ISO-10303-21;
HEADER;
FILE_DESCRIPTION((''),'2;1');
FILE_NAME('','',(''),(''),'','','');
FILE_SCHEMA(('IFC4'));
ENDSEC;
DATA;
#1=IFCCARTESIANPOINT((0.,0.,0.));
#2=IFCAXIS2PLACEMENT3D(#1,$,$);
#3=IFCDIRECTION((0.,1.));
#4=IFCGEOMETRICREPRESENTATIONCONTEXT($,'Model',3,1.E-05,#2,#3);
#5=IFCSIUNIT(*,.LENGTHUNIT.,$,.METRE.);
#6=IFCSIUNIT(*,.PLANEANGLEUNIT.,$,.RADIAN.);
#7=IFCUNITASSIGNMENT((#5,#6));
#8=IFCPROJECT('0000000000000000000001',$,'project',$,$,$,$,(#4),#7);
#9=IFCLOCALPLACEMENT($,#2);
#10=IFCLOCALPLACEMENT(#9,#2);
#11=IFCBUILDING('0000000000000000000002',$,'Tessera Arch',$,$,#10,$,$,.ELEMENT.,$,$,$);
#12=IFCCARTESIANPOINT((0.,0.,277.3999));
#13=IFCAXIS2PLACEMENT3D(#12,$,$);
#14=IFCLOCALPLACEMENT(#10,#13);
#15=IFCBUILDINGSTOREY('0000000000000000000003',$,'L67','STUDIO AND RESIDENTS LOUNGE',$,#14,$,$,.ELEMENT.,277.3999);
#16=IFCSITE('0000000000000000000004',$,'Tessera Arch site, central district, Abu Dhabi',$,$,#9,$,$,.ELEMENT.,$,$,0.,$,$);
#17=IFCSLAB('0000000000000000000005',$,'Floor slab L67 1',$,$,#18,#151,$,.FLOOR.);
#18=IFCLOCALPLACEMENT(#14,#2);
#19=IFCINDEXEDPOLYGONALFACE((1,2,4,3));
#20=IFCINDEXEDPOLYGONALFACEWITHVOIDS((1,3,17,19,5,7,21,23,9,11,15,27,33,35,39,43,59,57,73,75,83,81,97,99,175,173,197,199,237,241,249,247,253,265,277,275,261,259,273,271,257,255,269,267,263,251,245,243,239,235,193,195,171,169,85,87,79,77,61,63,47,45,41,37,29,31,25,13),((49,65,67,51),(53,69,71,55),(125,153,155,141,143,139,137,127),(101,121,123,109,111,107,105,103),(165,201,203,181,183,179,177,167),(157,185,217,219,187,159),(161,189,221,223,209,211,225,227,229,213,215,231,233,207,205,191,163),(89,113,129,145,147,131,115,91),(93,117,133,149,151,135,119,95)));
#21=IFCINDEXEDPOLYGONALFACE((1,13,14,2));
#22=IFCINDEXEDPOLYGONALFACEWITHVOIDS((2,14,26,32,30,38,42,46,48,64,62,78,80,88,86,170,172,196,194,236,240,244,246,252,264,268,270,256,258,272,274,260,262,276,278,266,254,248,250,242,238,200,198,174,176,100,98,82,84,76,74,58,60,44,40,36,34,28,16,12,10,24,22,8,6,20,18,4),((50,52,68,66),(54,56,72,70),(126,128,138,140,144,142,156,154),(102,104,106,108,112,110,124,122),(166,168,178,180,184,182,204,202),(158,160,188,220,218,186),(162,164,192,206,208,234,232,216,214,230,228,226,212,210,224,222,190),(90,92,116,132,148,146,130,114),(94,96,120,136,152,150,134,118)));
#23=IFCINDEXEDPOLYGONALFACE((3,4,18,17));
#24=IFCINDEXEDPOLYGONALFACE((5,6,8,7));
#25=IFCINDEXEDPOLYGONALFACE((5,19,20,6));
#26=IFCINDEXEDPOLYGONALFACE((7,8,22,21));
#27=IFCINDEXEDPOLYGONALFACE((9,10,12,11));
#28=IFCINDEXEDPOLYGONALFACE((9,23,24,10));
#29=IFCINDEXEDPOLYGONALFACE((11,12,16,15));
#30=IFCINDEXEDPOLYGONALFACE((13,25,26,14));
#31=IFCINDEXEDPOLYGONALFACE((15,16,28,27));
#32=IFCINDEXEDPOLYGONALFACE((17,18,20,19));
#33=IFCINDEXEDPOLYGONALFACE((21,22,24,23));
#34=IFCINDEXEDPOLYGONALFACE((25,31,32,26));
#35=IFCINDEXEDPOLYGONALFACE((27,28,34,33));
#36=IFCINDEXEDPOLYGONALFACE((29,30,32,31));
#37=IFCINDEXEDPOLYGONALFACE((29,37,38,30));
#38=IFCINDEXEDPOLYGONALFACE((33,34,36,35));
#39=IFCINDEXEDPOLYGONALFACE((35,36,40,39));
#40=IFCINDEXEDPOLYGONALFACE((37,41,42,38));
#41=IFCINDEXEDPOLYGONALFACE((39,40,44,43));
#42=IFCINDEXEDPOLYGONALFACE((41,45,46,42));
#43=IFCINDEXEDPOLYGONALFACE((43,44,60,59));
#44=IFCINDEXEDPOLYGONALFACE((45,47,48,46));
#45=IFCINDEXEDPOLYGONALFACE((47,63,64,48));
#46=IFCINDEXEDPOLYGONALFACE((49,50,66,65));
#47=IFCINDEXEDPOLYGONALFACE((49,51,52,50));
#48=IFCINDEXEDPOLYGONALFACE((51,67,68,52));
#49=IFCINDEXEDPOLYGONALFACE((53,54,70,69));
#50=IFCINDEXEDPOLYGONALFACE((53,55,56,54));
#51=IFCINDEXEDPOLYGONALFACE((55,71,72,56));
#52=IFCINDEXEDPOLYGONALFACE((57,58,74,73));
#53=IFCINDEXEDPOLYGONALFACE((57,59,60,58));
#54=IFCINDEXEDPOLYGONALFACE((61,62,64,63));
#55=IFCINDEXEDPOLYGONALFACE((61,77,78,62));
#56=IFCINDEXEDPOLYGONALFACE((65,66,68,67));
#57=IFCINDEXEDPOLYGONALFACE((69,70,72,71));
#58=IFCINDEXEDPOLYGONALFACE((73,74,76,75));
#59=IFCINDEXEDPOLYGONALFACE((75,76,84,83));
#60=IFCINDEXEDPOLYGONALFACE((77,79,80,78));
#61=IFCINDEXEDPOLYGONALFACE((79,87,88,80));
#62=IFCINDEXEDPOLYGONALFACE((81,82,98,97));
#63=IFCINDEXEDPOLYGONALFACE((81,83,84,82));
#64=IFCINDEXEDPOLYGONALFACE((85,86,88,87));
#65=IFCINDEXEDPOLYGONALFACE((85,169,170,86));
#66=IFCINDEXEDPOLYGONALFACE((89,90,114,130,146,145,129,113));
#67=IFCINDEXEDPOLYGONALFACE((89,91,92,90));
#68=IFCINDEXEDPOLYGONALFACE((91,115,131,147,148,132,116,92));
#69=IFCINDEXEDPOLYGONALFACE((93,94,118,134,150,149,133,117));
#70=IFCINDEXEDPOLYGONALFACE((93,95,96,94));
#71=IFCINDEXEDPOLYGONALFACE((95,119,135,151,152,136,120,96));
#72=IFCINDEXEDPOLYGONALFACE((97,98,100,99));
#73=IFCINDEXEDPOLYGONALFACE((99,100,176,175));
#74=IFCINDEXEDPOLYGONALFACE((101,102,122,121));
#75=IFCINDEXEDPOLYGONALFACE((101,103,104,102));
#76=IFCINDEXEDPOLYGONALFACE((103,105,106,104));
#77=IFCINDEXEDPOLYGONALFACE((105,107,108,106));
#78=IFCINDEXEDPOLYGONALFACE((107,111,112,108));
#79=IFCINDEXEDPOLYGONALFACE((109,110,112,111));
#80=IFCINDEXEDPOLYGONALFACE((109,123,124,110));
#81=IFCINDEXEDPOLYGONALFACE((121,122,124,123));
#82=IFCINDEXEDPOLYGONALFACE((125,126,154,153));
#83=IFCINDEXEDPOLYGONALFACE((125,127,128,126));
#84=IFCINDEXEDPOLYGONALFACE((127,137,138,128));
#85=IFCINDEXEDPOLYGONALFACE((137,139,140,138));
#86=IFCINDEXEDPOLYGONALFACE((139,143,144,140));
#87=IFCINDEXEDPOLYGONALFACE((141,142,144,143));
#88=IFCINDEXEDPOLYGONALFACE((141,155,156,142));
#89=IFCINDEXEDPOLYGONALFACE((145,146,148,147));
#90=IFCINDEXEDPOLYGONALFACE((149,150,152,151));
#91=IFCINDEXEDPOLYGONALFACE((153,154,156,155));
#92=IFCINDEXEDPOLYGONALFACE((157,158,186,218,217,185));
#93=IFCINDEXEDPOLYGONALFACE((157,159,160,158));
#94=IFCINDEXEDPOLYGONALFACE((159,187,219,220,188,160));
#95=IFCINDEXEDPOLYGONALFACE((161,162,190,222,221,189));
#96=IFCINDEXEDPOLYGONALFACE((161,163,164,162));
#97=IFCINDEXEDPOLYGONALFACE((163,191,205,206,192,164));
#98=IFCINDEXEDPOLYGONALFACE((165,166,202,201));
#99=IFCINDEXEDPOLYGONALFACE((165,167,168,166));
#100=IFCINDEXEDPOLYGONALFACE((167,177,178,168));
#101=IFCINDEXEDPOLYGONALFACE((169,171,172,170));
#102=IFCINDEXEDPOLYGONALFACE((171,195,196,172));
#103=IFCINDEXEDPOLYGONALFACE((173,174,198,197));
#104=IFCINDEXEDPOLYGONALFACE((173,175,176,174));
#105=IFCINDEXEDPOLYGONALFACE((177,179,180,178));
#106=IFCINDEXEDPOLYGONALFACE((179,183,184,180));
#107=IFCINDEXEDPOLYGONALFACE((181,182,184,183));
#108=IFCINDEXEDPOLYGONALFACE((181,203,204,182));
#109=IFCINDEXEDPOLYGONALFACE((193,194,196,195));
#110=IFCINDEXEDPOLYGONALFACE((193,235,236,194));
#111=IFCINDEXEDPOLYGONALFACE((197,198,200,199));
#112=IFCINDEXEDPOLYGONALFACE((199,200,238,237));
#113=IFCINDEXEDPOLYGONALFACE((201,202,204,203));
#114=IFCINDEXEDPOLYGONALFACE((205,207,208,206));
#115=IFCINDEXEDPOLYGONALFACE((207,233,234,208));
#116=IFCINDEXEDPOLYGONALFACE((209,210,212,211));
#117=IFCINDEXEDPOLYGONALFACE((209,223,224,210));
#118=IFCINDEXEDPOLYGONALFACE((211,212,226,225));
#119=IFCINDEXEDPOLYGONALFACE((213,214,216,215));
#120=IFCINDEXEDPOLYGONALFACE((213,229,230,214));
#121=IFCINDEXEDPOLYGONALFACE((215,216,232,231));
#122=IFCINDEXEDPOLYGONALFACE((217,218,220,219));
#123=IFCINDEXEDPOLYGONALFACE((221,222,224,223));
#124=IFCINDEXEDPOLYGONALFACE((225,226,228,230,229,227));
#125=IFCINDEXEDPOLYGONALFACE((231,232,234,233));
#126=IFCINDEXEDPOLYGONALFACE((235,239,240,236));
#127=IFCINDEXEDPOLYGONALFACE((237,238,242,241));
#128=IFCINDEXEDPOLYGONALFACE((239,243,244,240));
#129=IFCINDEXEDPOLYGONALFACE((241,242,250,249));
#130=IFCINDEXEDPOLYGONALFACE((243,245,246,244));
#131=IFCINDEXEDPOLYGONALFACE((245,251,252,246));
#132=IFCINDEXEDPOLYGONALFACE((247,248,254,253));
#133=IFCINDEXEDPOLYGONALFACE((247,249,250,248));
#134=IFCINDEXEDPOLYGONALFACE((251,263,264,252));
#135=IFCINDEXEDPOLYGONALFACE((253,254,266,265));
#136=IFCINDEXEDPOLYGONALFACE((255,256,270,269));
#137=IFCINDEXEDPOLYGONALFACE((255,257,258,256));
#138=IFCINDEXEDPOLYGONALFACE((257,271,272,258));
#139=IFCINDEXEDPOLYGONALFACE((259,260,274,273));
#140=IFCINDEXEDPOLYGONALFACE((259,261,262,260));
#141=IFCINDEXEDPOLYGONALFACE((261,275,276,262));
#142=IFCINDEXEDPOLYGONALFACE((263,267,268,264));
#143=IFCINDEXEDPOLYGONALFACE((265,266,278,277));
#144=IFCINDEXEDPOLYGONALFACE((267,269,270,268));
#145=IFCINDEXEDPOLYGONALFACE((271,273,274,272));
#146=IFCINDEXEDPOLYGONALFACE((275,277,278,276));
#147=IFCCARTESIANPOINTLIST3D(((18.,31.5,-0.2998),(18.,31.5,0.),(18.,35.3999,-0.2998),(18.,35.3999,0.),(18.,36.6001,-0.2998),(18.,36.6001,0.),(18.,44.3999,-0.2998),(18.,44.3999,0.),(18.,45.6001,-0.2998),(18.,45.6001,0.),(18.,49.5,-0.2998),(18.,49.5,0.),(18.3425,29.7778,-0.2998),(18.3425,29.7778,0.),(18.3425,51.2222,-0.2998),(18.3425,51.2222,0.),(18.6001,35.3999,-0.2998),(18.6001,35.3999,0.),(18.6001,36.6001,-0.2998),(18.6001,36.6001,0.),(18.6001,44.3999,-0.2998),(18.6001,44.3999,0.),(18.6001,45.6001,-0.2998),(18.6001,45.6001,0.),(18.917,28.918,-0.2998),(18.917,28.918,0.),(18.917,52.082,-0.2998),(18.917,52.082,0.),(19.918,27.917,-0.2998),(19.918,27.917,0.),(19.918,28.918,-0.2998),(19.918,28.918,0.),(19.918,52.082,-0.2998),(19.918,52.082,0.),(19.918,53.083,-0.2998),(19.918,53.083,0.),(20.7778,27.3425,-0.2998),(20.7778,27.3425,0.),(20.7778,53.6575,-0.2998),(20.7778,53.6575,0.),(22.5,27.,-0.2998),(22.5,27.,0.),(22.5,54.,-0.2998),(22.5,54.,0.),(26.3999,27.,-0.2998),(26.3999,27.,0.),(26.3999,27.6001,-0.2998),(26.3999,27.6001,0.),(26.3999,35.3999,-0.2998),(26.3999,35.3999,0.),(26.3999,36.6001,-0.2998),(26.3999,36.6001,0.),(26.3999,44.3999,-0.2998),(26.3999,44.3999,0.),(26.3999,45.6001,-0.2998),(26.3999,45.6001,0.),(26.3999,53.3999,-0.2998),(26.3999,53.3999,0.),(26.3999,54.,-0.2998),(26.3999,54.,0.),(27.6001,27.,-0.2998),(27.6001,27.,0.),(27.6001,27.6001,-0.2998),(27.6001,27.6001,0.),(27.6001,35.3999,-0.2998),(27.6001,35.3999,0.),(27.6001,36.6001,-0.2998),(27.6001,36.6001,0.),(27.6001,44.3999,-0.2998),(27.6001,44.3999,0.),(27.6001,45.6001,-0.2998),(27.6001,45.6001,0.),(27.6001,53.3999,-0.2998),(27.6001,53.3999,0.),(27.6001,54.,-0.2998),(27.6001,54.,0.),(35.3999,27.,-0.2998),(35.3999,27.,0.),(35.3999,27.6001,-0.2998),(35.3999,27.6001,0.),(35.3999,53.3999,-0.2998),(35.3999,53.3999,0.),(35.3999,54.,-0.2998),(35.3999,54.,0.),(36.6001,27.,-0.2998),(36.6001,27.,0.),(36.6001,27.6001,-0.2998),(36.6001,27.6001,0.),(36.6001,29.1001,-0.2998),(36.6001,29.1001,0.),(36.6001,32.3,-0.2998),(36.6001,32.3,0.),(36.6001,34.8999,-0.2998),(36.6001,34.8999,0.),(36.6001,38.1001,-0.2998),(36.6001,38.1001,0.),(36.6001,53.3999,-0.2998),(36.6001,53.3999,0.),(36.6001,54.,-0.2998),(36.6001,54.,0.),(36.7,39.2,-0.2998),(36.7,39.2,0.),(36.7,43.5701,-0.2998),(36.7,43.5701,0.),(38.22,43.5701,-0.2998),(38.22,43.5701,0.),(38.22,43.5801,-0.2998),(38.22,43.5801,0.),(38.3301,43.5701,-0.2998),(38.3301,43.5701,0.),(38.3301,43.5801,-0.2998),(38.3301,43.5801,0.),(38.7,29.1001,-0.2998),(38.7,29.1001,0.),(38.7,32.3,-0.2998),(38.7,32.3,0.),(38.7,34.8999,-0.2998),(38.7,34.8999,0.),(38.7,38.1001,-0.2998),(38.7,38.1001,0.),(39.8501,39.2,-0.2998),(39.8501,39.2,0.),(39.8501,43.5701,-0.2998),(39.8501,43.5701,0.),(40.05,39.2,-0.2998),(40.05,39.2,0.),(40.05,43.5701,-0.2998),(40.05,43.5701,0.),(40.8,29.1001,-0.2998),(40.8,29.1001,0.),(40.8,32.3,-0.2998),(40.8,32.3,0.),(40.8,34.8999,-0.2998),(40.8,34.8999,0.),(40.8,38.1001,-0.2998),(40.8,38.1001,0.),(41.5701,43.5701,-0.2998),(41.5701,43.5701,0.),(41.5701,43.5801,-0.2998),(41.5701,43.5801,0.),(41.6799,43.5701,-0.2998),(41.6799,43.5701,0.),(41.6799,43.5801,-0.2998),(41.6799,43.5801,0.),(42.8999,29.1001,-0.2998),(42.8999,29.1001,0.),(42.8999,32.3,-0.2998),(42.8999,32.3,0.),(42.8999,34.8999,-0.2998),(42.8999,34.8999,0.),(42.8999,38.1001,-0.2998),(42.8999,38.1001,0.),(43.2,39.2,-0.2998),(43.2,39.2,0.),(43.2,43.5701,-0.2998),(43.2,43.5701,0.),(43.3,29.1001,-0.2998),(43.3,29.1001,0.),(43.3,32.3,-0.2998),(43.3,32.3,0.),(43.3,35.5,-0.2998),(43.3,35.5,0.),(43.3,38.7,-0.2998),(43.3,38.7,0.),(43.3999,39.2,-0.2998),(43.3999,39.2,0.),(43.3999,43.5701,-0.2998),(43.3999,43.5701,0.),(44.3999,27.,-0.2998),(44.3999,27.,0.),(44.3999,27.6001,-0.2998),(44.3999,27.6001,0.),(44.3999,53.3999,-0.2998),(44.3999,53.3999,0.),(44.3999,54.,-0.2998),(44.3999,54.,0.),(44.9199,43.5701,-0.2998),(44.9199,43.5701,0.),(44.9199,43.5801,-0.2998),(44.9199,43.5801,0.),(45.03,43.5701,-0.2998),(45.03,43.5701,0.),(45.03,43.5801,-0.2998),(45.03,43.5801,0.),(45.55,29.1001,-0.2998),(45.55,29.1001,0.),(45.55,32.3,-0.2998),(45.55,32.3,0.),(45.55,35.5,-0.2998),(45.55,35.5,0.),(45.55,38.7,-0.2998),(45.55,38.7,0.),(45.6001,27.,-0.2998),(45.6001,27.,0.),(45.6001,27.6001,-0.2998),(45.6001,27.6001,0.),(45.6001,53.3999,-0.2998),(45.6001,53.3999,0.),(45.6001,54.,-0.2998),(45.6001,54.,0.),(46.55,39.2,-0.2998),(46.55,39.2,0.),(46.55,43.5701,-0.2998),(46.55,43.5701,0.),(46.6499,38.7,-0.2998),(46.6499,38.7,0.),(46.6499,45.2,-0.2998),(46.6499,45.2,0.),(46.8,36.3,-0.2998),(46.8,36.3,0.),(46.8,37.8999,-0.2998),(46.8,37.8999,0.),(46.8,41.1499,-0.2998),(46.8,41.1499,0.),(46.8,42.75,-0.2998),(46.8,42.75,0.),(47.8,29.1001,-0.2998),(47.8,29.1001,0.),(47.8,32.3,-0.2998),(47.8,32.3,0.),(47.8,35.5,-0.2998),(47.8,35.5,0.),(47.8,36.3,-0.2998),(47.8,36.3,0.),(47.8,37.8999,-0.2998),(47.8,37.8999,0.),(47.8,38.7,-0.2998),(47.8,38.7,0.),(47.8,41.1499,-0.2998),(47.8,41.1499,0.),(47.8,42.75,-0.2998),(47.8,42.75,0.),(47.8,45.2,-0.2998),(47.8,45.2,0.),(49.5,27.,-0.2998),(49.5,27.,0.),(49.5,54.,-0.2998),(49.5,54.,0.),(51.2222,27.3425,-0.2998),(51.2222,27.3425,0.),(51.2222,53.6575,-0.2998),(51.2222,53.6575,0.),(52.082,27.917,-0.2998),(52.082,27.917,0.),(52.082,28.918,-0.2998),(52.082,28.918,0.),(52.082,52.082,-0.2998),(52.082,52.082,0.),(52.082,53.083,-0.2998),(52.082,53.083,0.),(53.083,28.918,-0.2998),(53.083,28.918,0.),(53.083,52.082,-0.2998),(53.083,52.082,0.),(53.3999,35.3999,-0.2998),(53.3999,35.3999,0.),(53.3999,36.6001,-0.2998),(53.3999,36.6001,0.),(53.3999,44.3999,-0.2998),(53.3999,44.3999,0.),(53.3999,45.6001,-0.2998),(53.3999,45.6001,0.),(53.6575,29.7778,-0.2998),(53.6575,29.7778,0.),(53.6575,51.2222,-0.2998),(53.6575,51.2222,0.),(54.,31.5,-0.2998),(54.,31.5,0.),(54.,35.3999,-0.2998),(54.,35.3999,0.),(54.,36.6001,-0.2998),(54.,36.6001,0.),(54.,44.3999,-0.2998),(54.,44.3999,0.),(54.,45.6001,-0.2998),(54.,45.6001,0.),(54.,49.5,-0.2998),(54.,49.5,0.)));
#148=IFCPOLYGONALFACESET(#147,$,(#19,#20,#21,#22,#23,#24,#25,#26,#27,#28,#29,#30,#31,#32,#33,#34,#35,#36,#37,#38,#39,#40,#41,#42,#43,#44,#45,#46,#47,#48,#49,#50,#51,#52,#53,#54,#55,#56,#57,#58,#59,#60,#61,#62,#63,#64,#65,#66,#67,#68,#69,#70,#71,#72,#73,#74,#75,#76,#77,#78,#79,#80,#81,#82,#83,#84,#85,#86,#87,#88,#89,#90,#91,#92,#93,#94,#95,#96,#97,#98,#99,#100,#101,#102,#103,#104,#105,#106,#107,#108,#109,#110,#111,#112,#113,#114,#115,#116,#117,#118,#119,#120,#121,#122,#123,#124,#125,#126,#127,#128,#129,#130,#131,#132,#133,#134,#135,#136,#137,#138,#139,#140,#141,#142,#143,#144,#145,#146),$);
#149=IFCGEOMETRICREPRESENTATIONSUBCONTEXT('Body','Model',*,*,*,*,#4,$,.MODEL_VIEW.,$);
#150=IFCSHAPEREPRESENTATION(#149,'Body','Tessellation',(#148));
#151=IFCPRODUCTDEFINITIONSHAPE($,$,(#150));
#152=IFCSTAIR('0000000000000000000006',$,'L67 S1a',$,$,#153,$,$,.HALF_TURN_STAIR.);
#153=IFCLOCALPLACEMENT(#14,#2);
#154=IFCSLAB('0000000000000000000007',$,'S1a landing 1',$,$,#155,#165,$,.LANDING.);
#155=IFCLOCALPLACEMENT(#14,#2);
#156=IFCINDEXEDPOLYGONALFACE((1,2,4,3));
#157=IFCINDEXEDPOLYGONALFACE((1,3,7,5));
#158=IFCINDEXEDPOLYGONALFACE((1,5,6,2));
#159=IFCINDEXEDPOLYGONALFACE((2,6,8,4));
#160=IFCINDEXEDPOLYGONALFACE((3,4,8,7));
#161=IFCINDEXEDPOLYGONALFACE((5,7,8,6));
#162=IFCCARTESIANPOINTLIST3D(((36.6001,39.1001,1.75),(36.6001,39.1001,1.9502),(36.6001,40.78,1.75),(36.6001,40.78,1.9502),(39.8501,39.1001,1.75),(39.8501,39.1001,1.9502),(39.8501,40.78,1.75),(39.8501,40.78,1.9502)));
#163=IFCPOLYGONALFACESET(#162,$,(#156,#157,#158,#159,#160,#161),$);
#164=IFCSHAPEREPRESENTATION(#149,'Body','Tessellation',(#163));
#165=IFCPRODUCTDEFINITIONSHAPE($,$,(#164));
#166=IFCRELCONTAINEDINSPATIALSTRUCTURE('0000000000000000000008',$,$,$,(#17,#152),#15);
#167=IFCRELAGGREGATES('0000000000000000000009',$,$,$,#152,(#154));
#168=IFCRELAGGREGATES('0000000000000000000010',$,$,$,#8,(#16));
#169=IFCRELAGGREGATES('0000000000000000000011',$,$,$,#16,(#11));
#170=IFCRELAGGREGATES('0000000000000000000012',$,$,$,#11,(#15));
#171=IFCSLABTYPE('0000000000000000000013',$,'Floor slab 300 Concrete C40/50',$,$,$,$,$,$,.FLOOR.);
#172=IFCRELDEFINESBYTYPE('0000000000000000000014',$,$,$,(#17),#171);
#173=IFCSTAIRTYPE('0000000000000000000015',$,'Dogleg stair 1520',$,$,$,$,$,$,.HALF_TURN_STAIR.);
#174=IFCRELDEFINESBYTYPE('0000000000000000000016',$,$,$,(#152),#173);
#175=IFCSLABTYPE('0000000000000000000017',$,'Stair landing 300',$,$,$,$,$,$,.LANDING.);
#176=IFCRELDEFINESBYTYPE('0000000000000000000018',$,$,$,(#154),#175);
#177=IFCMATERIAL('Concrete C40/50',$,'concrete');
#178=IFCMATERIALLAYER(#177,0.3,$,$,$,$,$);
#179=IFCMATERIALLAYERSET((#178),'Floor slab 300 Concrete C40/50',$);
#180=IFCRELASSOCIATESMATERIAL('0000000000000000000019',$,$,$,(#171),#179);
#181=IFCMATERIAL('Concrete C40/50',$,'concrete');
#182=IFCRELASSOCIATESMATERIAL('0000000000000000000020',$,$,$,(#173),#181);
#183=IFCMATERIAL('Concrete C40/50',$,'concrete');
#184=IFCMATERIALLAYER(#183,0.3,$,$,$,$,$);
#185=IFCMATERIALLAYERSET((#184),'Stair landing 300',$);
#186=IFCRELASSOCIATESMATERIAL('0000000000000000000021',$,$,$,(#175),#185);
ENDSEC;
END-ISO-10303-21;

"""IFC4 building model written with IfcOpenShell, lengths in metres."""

from ifc_helpers import new_model, si_unit, direction, frame, origin, place, context, subcontext, project, spatial, polyline, outline, extrude, material, layer, layer_set, type_object, element, aggregate, save


model = new_model("IFC4")

# Units and contexts
model_context = context("Model", 3, precision=1e-05, world=origin(), true_north=direction((0.0, 1.0)))
body_context = subcontext(model_context, "Body", "Model", "MODEL_VIEW")
ifc_project = project(units=[si_unit("LENGTHUNIT", "METRE"), si_unit("PLANEANGLEUNIT", "RADIAN")], contexts=[model_context])

# Site, building, storey
site_placement = place(None, origin())
site = spatial("IfcSite", under=ifc_project, at=site_placement, Name="Tessera Arch site, central district, Abu Dhabi", CompositionType="ELEMENT", RefElevation=0.0)
building_placement = place(site_placement, origin())
building = spatial("IfcBuilding", under=site, at=building_placement, Name="Tessera Arch", CompositionType="ELEMENT")
storey_placement = place(building_placement, frame((0.0, 0.0, 277.3999)))
storey = spatial("IfcBuildingStorey", under=building, at=storey_placement, Name="L67", Description="STUDIO AND RESIDENTS LOUNGE", CompositionType="ELEMENT", Elevation=277.3999)

# Slab
ifc_material_1 = material(Name="Concrete C40/50", Category="concrete")
ifc_layer_1 = layer(ifc_material_1, 0.3)
ifc_layer_set_1 = layer_set([ifc_layer_1], Name="Floor slab 300 Concrete C40/50")
slab_type_1 = type_object("IfcSlabType", Name="Floor slab 300 Concrete C40/50", PredefinedType="FLOOR", material=ifc_layer_set_1)
slab_1_placement = place(storey_placement, frame((0.0, 0.0, -0.2998)))
element("IfcSlab", 1, at=slab_1_placement, inside=storey, type_object=slab_type_1, Name="Floor slab L67 1", PredefinedType="FLOOR", context=body_context, shape_type="SweptSolid", body=[
    extrude(outline(polyline([(54.0, 31.5), (53.6575, 29.7778), (53.083, 28.918), (52.082, 28.918), (52.082, 27.917), (51.2222, 27.3425), (49.5, 27.0), (45.6001, 27.0), (45.6001, 27.6001), (44.3999, 27.6001), (44.3999, 27.0), (36.6001, 27.0), (36.6001, 27.6001), (35.3999, 27.6001), (35.3999, 27.0), (27.6001, 27.0), (27.6001, 27.6001), (26.3999, 27.6001), (26.3999, 27.0), (22.5, 27.0), (20.7778, 27.3425), (19.918, 27.917), (19.918, 28.918), (18.917, 28.918), (18.3425, 29.7778), (18.0, 31.5), (18.0, 35.3999), (18.6001, 35.3999), (18.6001, 36.6001), (18.0, 36.6001), (18.0, 44.3999), (18.6001, 44.3999), (18.6001, 45.6001), (18.0, 45.6001), (18.0, 49.5), (18.3425, 51.2222), (18.917, 52.082), (19.918, 52.082), (19.918, 53.083), (20.7778, 53.6575), (22.5, 54.0), (26.3999, 54.0), (26.3999, 53.3999), (27.6001, 53.3999), (27.6001, 54.0), (35.3999, 54.0), (35.3999, 53.3999), (36.6001, 53.3999), (36.6001, 54.0), (44.3999, 54.0), (44.3999, 53.3999), (45.6001, 53.3999), (45.6001, 54.0), (49.5, 54.0), (51.2222, 53.6575), (52.082, 53.083), (52.082, 52.082), (53.083, 52.082), (53.6575, 51.2222), (54.0, 49.5), (54.0, 45.6001), (53.3999, 45.6001), (53.3999, 44.3999), (54.0, 44.3999), (54.0, 36.6001), (53.3999, 36.6001), (53.3999, 35.3999), (54.0, 35.3999), (54.0, 31.5)]), holes=[polyline([(40.8, 29.1001), (42.8999, 29.1001), (42.8999, 32.3), (40.8, 32.3), (38.7, 32.3), (36.6001, 32.3), (36.6001, 29.1001), (38.7, 29.1001), (40.8, 29.1001)]), polyline([(27.6001, 35.3999), (27.6001, 36.6001), (26.3999, 36.6001), (26.3999, 35.3999), (27.6001, 35.3999)]), polyline([(40.8, 34.8999), (42.8999, 34.8999), (42.8999, 38.1001), (40.8, 38.1001), (38.7, 38.1001), (36.6001, 38.1001), (36.6001, 34.8999), (38.7, 34.8999), (40.8, 34.8999)]), polyline([(38.22, 43.5801), (38.22, 43.5701), (36.7, 43.5701), (36.7, 39.2), (39.8501, 39.2), (39.8501, 43.5701), (38.3301, 43.5701), (38.3301, 43.5801), (38.22, 43.5801)]), polyline([(27.6001, 44.3999), (27.6001, 45.6001), (26.3999, 45.6001), (26.3999, 44.3999), (27.6001, 44.3999)]), polyline([(47.8, 32.3), (45.55, 32.3), (43.3, 32.3), (43.3, 29.1001), (45.55, 29.1001), (47.8, 29.1001), (47.8, 32.3)]), polyline([(46.6499, 38.7), (45.55, 38.7), (43.3, 38.7), (43.3, 35.5), (45.55, 35.5), (47.8, 35.5), (47.8, 36.3), (46.8, 36.3), (46.8, 37.8999), (47.8, 37.8999), (47.8, 38.7), (47.8, 41.1499), (46.8, 41.1499), (46.8, 42.75), (47.8, 42.75), (47.8, 45.2), (46.6499, 45.2), (46.6499, 38.7)]), polyline([(41.5701, 43.5801), (41.5701, 43.5701), (40.05, 43.5701), (40.05, 39.2), (43.2, 39.2), (43.2, 43.5701), (41.6799, 43.5701), (41.6799, 43.5801), (41.5701, 43.5801)]), polyline([(44.9199, 43.5801), (44.9199, 43.5701), (43.3999, 43.5701), (43.3999, 39.2), (46.55, 39.2), (46.55, 43.5701), (45.03, 43.5701), (45.03, 43.5801), (44.9199, 43.5801)])]), origin(), (0.0, 0.0, 1.0), 0.2998),
])

# Stair, slab
ifc_material_2 = material(Name="Concrete C40/50", Category="concrete")
stair_type = type_object("IfcStairType", Name="Dogleg stair 1520", PredefinedType="HALF_TURN_STAIR", material=ifc_material_2)
stair_placement = place(storey_placement, origin())
stair = element("IfcStair", 2, at=stair_placement, inside=storey, type_object=stair_type, Name="L67 S1a", PredefinedType="HALF_TURN_STAIR")
ifc_material_3 = material(Name="Concrete C40/50", Category="concrete")
ifc_layer_2 = layer(ifc_material_3, 0.3)
ifc_layer_set_2 = layer_set([ifc_layer_2], Name="Stair landing 300")
slab_type_2 = type_object("IfcSlabType", Name="Stair landing 300", PredefinedType="LANDING", material=ifc_layer_set_2)
slab_2_placement = place(storey_placement, frame((0.0, 0.0, 1.75)))
slab_2 = element("IfcSlab", 3, at=slab_2_placement, type_object=slab_type_2, Name="S1a landing 1", PredefinedType="LANDING", context=body_context, shape_type="SweptSolid", body=[
    extrude(outline(polyline([(36.6001, 40.78), (36.6001, 39.1001), (39.8501, 39.1001), (39.8501, 40.78), (36.6001, 40.78)])), origin(), (0.0, 0.0, 1.0), 0.2002),
])
aggregate(stair, [slab_2])

save(model, "model.ifc")
